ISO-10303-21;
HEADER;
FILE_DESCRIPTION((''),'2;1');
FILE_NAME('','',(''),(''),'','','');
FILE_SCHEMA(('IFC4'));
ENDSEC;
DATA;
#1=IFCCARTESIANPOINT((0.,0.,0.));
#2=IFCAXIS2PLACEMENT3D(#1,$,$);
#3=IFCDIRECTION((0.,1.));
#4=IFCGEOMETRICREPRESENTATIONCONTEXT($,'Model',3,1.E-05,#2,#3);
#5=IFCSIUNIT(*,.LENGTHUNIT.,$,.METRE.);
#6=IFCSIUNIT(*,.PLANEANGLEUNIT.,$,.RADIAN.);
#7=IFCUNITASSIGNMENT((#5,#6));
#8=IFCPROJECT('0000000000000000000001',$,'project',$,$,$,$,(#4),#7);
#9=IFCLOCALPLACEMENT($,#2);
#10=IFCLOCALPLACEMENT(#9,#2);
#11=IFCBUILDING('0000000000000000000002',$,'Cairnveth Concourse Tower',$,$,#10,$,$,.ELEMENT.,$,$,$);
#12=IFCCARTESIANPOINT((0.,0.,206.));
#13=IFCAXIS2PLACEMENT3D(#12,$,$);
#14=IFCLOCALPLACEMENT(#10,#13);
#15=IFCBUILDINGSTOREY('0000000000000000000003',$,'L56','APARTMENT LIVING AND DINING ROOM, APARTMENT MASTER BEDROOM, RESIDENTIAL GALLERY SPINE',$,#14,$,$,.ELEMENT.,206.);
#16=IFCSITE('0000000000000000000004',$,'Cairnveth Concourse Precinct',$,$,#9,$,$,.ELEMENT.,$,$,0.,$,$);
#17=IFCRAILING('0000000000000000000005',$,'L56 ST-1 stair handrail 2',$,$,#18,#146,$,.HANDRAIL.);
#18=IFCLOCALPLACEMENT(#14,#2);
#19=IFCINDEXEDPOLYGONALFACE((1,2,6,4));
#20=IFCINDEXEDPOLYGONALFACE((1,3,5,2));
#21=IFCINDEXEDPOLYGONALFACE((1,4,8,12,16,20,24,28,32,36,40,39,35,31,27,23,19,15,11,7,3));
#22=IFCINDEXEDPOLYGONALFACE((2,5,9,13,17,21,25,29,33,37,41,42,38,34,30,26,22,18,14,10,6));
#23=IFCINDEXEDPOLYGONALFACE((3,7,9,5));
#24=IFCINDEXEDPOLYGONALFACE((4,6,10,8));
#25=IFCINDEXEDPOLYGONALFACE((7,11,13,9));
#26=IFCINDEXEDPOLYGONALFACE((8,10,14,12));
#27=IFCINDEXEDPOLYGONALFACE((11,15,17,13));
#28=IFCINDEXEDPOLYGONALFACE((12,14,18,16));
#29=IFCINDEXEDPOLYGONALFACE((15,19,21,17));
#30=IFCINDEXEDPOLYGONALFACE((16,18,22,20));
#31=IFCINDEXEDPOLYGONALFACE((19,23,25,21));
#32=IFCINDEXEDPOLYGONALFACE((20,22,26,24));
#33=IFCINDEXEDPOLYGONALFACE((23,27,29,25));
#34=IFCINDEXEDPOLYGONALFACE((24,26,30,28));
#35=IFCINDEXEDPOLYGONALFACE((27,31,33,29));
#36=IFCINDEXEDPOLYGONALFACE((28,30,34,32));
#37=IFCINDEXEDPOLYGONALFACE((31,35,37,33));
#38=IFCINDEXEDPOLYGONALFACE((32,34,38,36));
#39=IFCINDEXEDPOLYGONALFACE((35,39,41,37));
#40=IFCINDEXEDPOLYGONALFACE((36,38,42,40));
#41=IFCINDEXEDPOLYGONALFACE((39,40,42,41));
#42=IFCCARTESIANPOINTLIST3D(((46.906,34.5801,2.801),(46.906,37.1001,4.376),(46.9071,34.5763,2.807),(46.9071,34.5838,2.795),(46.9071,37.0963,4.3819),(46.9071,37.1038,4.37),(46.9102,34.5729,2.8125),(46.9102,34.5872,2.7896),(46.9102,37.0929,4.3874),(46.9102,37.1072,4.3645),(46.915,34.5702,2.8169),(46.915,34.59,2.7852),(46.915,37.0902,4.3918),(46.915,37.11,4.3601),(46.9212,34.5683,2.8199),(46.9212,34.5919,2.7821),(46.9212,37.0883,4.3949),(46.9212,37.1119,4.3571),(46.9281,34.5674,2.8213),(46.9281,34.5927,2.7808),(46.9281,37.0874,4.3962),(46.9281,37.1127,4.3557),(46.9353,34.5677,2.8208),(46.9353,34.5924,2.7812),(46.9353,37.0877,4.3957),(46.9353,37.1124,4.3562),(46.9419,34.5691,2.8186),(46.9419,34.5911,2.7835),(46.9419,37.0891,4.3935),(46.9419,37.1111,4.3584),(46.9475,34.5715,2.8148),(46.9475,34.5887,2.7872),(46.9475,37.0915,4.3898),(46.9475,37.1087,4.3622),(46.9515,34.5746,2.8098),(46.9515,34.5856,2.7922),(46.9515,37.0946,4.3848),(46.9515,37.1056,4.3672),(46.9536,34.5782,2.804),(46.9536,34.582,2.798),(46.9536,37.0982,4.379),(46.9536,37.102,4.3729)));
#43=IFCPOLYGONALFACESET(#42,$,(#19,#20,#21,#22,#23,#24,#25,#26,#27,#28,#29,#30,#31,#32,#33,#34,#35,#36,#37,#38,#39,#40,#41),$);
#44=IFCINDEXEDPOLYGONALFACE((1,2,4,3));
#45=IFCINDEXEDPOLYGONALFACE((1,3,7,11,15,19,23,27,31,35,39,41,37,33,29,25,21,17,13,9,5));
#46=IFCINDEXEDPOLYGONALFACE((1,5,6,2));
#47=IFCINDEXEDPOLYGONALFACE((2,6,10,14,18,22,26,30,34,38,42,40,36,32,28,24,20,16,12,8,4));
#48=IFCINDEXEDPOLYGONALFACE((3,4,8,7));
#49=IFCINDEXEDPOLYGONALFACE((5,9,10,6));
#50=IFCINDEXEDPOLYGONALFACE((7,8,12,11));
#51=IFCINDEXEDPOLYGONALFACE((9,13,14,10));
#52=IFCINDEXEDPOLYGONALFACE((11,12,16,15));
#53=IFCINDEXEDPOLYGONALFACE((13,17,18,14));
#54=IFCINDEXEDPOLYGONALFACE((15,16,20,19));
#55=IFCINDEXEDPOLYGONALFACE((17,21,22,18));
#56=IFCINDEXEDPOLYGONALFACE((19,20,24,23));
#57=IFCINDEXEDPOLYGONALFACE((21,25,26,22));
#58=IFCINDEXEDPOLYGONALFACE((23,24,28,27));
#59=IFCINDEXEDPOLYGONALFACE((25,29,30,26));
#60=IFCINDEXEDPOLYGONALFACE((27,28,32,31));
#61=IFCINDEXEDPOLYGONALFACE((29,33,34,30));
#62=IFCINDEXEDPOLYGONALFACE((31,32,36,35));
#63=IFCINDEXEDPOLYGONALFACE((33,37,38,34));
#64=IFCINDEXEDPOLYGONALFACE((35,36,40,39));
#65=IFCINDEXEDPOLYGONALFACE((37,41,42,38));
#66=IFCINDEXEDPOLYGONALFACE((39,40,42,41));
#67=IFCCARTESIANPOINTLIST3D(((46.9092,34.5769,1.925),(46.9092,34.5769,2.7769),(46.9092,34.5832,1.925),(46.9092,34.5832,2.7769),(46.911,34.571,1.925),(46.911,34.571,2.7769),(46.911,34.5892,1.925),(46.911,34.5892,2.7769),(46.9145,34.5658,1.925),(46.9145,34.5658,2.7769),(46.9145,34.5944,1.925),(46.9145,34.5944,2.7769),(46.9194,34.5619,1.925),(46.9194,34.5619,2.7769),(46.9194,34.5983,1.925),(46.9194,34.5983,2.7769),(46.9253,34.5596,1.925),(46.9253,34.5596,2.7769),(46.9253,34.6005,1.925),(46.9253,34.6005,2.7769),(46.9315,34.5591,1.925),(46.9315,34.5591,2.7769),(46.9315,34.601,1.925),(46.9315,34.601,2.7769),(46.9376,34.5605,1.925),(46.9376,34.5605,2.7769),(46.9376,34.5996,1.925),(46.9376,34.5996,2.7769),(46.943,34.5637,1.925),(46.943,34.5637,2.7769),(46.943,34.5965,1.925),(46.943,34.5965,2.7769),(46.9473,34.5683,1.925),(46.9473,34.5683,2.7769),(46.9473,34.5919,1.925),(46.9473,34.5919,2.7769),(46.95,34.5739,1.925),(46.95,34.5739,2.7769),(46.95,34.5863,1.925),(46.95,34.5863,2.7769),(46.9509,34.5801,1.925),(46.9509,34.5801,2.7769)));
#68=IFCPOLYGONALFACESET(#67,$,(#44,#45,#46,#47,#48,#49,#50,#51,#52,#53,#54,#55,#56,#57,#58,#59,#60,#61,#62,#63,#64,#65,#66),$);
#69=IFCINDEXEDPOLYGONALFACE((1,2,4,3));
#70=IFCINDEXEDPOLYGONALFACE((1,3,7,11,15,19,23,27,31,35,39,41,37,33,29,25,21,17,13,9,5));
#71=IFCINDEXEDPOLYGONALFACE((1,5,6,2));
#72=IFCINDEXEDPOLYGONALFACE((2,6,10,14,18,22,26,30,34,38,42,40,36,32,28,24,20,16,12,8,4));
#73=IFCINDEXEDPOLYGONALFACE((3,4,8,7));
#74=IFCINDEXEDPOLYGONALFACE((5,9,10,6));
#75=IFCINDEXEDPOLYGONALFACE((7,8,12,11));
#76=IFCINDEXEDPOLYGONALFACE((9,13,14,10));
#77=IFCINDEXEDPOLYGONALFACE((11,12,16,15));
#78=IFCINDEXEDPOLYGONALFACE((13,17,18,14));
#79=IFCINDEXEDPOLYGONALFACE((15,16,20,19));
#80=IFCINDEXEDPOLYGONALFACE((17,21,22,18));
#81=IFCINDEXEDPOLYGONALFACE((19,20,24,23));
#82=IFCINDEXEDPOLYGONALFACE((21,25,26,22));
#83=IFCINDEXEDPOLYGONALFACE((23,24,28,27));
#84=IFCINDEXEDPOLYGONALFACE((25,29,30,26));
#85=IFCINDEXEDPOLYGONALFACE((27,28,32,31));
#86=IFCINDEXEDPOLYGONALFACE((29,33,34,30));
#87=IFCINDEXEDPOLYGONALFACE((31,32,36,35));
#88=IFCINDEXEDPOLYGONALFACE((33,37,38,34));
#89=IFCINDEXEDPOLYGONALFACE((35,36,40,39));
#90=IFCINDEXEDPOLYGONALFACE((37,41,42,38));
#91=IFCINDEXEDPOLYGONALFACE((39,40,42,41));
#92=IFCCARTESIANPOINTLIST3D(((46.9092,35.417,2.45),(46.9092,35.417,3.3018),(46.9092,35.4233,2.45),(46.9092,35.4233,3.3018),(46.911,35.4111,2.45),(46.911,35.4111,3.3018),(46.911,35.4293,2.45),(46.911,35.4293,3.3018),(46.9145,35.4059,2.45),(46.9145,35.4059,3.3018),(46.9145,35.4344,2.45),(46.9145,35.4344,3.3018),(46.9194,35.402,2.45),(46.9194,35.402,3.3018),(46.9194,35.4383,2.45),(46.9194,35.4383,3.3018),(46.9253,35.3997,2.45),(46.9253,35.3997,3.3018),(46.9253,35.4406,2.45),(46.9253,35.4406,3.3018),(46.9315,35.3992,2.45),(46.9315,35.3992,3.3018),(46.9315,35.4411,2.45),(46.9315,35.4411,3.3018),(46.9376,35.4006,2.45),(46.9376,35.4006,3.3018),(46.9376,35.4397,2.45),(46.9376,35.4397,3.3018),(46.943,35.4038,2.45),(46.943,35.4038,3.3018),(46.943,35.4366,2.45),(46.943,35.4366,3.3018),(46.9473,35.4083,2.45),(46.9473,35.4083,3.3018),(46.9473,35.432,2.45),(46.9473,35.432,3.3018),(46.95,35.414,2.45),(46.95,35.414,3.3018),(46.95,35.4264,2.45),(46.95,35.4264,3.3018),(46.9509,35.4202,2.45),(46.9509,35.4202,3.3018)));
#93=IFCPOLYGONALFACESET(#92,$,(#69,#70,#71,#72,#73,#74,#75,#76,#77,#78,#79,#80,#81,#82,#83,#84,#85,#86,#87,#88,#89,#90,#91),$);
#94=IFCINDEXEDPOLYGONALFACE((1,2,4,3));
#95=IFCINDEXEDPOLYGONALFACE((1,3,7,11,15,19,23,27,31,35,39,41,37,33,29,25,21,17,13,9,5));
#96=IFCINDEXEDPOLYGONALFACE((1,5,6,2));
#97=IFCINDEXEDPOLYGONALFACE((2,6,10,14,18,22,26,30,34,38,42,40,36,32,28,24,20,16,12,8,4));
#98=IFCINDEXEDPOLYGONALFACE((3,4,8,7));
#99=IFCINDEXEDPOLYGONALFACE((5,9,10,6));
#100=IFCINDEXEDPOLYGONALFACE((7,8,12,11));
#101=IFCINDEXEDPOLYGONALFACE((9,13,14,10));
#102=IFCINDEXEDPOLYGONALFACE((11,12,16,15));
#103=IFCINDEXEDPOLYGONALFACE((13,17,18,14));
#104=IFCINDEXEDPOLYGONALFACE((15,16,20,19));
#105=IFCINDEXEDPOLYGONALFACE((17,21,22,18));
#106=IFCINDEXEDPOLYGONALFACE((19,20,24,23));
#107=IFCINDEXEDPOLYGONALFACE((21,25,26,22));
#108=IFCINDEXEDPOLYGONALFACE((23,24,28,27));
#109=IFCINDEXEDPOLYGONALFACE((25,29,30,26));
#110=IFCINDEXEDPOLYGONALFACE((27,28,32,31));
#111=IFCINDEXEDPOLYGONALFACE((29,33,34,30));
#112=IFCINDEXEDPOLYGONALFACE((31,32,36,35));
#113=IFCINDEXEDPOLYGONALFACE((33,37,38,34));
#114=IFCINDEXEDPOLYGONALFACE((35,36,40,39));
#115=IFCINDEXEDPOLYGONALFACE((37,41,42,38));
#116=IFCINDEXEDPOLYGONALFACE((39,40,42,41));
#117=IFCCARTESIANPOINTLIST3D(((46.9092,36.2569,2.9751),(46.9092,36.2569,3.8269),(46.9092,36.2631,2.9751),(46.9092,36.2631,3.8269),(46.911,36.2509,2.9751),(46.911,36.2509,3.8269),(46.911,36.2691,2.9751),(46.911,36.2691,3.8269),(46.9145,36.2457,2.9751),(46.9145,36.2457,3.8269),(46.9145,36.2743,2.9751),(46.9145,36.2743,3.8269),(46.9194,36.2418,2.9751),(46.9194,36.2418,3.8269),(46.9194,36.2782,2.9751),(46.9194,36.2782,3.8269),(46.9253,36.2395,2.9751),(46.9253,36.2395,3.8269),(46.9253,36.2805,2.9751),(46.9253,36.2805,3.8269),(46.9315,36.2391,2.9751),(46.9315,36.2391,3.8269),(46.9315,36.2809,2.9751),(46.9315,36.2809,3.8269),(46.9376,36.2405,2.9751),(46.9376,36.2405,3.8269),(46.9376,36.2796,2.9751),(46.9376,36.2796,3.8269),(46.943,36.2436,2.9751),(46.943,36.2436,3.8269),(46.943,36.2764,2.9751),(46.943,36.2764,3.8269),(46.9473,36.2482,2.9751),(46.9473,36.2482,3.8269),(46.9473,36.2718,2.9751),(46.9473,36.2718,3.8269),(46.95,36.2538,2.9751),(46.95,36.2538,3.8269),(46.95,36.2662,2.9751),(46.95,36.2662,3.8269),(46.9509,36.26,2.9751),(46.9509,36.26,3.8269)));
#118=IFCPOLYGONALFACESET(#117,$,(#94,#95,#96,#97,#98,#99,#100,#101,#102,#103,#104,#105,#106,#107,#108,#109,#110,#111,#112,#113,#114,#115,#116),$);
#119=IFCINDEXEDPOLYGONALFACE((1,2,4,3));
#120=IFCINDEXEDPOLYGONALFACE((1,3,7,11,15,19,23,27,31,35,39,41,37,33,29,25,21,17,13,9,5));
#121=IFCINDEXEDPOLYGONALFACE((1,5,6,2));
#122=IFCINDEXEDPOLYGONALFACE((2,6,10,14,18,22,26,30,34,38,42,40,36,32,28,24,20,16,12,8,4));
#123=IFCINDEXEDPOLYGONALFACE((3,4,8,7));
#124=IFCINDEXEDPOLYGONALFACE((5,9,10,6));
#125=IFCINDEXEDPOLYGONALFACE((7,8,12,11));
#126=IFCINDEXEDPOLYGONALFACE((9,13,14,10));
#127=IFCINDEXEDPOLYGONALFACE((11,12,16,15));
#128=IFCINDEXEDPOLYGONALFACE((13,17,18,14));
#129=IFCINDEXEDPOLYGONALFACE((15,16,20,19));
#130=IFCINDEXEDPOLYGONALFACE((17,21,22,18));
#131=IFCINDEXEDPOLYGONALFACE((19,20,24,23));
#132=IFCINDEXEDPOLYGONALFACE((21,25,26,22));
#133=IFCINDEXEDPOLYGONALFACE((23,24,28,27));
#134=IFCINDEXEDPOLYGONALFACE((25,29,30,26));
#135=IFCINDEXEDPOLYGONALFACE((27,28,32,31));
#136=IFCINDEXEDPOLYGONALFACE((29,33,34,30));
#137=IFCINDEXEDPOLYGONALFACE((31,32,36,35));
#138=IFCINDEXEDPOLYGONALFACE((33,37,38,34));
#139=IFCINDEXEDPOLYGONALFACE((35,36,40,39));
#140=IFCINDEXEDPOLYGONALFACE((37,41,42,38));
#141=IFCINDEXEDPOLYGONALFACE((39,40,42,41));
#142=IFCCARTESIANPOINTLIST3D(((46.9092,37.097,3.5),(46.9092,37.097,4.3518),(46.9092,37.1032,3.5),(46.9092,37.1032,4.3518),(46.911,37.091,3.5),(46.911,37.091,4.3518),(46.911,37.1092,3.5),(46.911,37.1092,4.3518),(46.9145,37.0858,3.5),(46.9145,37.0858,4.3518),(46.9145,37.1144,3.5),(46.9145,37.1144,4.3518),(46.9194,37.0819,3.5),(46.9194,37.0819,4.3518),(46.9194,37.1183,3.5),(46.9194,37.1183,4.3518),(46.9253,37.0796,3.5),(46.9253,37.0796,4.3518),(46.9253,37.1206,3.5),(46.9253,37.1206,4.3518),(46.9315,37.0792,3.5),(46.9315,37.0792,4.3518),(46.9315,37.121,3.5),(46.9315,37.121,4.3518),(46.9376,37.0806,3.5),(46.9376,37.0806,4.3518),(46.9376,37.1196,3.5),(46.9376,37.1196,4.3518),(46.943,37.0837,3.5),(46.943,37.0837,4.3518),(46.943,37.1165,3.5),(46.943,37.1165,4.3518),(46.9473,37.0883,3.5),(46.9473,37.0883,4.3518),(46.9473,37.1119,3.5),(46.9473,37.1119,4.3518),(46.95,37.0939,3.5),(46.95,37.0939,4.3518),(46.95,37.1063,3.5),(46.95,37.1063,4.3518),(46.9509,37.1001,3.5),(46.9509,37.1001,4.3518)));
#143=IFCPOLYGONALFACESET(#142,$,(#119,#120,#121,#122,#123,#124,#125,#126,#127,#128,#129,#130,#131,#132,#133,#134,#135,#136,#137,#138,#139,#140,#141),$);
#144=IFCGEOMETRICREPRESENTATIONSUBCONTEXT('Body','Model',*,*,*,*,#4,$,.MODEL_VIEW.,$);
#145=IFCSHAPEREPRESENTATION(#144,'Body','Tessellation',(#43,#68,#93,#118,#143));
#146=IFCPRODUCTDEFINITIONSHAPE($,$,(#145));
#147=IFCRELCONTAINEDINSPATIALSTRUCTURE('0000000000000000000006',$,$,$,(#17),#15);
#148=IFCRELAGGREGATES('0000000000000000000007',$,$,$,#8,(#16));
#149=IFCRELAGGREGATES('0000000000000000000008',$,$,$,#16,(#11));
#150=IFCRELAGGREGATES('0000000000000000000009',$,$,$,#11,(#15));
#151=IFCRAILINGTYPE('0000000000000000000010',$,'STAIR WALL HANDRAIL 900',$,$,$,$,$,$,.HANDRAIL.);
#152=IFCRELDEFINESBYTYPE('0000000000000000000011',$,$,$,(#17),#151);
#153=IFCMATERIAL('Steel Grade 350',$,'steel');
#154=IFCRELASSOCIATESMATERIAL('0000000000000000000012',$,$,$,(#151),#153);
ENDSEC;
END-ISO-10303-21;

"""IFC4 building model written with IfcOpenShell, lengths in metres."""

from ifc_helpers import new_model, si_unit, direction, frame, origin, origin_2d, place, context, subcontext, project, spatial, circle, extrude, material, type_object, element, save


model = new_model("IFC4")

# Units and contexts
model_context = context("Model", 3, precision=1e-05, world=origin(), true_north=direction((0.0, 1.0)))
body_context = subcontext(model_context, "Body", "Model", "MODEL_VIEW")
ifc_project = project(units=[si_unit("LENGTHUNIT", "METRE"), si_unit("PLANEANGLEUNIT", "RADIAN")], contexts=[model_context])

# Site, building, storey
site_placement = place(None, origin())
site = spatial("IfcSite", under=ifc_project, at=site_placement, Name="Cairnveth Concourse Precinct", CompositionType="ELEMENT", RefElevation=0.0)
building_placement = place(site_placement, origin())
building = spatial("IfcBuilding", under=site, at=building_placement, Name="Cairnveth Concourse Tower", CompositionType="ELEMENT")
storey_placement = place(building_placement, frame((0.0, 0.0, 206.0)))
storey = spatial("IfcBuildingStorey", under=building, at=storey_placement, Name="L56", Description="APARTMENT LIVING AND DINING ROOM, APARTMENT MASTER BEDROOM, RESIDENTIAL GALLERY SPINE", CompositionType="ELEMENT", Elevation=206.0)

# Railing
ifc_material_1 = material(Name="Steel Grade 350", Category="steel")
railing_type_1 = type_object("IfcRailingType", Name="STAIR WALL HANDRAIL 900", PredefinedType="HANDRAIL", material=ifc_material_1)
railing_1_placement = place(storey_placement, frame((46.9299, 34.5801, 1.925)))
element("IfcRailing", 1, at=railing_1_placement, inside=storey, type_object=railing_type_1, Name="L56 ST-1 stair handrail 2", PredefinedType="HANDRAIL", context=body_context, shape_type="SweptSolid", body=[
    extrude(circle(Radius=0.0239, at=origin_2d()), frame((0.0, 0.0, 0.876), z_axis=(0.0, 0.848008, 0.529984), x_axis=(-1.0, 0.0, 0.0)), (0.0, 0.0, 1.0), 2.9717),
    extrude(circle(Radius=0.021, at=origin_2d()), origin(), (0.0, 0.0, 1.0), 0.8518),
    extrude(circle(Radius=0.021, at=origin_2d()), frame((0.0, 0.8401, 0.5249)), (0.0, 0.0, 1.0), 0.8518),
    extrude(circle(Radius=0.021, at=origin_2d()), frame((0.0, 1.6799, 1.05)), (0.0, 0.0, 1.0), 0.8518),
    extrude(circle(Radius=0.021, at=origin_2d()), frame((0.0, 2.52, 1.575)), (0.0, 0.0, 1.0), 0.8518),
])

save(model, "model.ifc")
